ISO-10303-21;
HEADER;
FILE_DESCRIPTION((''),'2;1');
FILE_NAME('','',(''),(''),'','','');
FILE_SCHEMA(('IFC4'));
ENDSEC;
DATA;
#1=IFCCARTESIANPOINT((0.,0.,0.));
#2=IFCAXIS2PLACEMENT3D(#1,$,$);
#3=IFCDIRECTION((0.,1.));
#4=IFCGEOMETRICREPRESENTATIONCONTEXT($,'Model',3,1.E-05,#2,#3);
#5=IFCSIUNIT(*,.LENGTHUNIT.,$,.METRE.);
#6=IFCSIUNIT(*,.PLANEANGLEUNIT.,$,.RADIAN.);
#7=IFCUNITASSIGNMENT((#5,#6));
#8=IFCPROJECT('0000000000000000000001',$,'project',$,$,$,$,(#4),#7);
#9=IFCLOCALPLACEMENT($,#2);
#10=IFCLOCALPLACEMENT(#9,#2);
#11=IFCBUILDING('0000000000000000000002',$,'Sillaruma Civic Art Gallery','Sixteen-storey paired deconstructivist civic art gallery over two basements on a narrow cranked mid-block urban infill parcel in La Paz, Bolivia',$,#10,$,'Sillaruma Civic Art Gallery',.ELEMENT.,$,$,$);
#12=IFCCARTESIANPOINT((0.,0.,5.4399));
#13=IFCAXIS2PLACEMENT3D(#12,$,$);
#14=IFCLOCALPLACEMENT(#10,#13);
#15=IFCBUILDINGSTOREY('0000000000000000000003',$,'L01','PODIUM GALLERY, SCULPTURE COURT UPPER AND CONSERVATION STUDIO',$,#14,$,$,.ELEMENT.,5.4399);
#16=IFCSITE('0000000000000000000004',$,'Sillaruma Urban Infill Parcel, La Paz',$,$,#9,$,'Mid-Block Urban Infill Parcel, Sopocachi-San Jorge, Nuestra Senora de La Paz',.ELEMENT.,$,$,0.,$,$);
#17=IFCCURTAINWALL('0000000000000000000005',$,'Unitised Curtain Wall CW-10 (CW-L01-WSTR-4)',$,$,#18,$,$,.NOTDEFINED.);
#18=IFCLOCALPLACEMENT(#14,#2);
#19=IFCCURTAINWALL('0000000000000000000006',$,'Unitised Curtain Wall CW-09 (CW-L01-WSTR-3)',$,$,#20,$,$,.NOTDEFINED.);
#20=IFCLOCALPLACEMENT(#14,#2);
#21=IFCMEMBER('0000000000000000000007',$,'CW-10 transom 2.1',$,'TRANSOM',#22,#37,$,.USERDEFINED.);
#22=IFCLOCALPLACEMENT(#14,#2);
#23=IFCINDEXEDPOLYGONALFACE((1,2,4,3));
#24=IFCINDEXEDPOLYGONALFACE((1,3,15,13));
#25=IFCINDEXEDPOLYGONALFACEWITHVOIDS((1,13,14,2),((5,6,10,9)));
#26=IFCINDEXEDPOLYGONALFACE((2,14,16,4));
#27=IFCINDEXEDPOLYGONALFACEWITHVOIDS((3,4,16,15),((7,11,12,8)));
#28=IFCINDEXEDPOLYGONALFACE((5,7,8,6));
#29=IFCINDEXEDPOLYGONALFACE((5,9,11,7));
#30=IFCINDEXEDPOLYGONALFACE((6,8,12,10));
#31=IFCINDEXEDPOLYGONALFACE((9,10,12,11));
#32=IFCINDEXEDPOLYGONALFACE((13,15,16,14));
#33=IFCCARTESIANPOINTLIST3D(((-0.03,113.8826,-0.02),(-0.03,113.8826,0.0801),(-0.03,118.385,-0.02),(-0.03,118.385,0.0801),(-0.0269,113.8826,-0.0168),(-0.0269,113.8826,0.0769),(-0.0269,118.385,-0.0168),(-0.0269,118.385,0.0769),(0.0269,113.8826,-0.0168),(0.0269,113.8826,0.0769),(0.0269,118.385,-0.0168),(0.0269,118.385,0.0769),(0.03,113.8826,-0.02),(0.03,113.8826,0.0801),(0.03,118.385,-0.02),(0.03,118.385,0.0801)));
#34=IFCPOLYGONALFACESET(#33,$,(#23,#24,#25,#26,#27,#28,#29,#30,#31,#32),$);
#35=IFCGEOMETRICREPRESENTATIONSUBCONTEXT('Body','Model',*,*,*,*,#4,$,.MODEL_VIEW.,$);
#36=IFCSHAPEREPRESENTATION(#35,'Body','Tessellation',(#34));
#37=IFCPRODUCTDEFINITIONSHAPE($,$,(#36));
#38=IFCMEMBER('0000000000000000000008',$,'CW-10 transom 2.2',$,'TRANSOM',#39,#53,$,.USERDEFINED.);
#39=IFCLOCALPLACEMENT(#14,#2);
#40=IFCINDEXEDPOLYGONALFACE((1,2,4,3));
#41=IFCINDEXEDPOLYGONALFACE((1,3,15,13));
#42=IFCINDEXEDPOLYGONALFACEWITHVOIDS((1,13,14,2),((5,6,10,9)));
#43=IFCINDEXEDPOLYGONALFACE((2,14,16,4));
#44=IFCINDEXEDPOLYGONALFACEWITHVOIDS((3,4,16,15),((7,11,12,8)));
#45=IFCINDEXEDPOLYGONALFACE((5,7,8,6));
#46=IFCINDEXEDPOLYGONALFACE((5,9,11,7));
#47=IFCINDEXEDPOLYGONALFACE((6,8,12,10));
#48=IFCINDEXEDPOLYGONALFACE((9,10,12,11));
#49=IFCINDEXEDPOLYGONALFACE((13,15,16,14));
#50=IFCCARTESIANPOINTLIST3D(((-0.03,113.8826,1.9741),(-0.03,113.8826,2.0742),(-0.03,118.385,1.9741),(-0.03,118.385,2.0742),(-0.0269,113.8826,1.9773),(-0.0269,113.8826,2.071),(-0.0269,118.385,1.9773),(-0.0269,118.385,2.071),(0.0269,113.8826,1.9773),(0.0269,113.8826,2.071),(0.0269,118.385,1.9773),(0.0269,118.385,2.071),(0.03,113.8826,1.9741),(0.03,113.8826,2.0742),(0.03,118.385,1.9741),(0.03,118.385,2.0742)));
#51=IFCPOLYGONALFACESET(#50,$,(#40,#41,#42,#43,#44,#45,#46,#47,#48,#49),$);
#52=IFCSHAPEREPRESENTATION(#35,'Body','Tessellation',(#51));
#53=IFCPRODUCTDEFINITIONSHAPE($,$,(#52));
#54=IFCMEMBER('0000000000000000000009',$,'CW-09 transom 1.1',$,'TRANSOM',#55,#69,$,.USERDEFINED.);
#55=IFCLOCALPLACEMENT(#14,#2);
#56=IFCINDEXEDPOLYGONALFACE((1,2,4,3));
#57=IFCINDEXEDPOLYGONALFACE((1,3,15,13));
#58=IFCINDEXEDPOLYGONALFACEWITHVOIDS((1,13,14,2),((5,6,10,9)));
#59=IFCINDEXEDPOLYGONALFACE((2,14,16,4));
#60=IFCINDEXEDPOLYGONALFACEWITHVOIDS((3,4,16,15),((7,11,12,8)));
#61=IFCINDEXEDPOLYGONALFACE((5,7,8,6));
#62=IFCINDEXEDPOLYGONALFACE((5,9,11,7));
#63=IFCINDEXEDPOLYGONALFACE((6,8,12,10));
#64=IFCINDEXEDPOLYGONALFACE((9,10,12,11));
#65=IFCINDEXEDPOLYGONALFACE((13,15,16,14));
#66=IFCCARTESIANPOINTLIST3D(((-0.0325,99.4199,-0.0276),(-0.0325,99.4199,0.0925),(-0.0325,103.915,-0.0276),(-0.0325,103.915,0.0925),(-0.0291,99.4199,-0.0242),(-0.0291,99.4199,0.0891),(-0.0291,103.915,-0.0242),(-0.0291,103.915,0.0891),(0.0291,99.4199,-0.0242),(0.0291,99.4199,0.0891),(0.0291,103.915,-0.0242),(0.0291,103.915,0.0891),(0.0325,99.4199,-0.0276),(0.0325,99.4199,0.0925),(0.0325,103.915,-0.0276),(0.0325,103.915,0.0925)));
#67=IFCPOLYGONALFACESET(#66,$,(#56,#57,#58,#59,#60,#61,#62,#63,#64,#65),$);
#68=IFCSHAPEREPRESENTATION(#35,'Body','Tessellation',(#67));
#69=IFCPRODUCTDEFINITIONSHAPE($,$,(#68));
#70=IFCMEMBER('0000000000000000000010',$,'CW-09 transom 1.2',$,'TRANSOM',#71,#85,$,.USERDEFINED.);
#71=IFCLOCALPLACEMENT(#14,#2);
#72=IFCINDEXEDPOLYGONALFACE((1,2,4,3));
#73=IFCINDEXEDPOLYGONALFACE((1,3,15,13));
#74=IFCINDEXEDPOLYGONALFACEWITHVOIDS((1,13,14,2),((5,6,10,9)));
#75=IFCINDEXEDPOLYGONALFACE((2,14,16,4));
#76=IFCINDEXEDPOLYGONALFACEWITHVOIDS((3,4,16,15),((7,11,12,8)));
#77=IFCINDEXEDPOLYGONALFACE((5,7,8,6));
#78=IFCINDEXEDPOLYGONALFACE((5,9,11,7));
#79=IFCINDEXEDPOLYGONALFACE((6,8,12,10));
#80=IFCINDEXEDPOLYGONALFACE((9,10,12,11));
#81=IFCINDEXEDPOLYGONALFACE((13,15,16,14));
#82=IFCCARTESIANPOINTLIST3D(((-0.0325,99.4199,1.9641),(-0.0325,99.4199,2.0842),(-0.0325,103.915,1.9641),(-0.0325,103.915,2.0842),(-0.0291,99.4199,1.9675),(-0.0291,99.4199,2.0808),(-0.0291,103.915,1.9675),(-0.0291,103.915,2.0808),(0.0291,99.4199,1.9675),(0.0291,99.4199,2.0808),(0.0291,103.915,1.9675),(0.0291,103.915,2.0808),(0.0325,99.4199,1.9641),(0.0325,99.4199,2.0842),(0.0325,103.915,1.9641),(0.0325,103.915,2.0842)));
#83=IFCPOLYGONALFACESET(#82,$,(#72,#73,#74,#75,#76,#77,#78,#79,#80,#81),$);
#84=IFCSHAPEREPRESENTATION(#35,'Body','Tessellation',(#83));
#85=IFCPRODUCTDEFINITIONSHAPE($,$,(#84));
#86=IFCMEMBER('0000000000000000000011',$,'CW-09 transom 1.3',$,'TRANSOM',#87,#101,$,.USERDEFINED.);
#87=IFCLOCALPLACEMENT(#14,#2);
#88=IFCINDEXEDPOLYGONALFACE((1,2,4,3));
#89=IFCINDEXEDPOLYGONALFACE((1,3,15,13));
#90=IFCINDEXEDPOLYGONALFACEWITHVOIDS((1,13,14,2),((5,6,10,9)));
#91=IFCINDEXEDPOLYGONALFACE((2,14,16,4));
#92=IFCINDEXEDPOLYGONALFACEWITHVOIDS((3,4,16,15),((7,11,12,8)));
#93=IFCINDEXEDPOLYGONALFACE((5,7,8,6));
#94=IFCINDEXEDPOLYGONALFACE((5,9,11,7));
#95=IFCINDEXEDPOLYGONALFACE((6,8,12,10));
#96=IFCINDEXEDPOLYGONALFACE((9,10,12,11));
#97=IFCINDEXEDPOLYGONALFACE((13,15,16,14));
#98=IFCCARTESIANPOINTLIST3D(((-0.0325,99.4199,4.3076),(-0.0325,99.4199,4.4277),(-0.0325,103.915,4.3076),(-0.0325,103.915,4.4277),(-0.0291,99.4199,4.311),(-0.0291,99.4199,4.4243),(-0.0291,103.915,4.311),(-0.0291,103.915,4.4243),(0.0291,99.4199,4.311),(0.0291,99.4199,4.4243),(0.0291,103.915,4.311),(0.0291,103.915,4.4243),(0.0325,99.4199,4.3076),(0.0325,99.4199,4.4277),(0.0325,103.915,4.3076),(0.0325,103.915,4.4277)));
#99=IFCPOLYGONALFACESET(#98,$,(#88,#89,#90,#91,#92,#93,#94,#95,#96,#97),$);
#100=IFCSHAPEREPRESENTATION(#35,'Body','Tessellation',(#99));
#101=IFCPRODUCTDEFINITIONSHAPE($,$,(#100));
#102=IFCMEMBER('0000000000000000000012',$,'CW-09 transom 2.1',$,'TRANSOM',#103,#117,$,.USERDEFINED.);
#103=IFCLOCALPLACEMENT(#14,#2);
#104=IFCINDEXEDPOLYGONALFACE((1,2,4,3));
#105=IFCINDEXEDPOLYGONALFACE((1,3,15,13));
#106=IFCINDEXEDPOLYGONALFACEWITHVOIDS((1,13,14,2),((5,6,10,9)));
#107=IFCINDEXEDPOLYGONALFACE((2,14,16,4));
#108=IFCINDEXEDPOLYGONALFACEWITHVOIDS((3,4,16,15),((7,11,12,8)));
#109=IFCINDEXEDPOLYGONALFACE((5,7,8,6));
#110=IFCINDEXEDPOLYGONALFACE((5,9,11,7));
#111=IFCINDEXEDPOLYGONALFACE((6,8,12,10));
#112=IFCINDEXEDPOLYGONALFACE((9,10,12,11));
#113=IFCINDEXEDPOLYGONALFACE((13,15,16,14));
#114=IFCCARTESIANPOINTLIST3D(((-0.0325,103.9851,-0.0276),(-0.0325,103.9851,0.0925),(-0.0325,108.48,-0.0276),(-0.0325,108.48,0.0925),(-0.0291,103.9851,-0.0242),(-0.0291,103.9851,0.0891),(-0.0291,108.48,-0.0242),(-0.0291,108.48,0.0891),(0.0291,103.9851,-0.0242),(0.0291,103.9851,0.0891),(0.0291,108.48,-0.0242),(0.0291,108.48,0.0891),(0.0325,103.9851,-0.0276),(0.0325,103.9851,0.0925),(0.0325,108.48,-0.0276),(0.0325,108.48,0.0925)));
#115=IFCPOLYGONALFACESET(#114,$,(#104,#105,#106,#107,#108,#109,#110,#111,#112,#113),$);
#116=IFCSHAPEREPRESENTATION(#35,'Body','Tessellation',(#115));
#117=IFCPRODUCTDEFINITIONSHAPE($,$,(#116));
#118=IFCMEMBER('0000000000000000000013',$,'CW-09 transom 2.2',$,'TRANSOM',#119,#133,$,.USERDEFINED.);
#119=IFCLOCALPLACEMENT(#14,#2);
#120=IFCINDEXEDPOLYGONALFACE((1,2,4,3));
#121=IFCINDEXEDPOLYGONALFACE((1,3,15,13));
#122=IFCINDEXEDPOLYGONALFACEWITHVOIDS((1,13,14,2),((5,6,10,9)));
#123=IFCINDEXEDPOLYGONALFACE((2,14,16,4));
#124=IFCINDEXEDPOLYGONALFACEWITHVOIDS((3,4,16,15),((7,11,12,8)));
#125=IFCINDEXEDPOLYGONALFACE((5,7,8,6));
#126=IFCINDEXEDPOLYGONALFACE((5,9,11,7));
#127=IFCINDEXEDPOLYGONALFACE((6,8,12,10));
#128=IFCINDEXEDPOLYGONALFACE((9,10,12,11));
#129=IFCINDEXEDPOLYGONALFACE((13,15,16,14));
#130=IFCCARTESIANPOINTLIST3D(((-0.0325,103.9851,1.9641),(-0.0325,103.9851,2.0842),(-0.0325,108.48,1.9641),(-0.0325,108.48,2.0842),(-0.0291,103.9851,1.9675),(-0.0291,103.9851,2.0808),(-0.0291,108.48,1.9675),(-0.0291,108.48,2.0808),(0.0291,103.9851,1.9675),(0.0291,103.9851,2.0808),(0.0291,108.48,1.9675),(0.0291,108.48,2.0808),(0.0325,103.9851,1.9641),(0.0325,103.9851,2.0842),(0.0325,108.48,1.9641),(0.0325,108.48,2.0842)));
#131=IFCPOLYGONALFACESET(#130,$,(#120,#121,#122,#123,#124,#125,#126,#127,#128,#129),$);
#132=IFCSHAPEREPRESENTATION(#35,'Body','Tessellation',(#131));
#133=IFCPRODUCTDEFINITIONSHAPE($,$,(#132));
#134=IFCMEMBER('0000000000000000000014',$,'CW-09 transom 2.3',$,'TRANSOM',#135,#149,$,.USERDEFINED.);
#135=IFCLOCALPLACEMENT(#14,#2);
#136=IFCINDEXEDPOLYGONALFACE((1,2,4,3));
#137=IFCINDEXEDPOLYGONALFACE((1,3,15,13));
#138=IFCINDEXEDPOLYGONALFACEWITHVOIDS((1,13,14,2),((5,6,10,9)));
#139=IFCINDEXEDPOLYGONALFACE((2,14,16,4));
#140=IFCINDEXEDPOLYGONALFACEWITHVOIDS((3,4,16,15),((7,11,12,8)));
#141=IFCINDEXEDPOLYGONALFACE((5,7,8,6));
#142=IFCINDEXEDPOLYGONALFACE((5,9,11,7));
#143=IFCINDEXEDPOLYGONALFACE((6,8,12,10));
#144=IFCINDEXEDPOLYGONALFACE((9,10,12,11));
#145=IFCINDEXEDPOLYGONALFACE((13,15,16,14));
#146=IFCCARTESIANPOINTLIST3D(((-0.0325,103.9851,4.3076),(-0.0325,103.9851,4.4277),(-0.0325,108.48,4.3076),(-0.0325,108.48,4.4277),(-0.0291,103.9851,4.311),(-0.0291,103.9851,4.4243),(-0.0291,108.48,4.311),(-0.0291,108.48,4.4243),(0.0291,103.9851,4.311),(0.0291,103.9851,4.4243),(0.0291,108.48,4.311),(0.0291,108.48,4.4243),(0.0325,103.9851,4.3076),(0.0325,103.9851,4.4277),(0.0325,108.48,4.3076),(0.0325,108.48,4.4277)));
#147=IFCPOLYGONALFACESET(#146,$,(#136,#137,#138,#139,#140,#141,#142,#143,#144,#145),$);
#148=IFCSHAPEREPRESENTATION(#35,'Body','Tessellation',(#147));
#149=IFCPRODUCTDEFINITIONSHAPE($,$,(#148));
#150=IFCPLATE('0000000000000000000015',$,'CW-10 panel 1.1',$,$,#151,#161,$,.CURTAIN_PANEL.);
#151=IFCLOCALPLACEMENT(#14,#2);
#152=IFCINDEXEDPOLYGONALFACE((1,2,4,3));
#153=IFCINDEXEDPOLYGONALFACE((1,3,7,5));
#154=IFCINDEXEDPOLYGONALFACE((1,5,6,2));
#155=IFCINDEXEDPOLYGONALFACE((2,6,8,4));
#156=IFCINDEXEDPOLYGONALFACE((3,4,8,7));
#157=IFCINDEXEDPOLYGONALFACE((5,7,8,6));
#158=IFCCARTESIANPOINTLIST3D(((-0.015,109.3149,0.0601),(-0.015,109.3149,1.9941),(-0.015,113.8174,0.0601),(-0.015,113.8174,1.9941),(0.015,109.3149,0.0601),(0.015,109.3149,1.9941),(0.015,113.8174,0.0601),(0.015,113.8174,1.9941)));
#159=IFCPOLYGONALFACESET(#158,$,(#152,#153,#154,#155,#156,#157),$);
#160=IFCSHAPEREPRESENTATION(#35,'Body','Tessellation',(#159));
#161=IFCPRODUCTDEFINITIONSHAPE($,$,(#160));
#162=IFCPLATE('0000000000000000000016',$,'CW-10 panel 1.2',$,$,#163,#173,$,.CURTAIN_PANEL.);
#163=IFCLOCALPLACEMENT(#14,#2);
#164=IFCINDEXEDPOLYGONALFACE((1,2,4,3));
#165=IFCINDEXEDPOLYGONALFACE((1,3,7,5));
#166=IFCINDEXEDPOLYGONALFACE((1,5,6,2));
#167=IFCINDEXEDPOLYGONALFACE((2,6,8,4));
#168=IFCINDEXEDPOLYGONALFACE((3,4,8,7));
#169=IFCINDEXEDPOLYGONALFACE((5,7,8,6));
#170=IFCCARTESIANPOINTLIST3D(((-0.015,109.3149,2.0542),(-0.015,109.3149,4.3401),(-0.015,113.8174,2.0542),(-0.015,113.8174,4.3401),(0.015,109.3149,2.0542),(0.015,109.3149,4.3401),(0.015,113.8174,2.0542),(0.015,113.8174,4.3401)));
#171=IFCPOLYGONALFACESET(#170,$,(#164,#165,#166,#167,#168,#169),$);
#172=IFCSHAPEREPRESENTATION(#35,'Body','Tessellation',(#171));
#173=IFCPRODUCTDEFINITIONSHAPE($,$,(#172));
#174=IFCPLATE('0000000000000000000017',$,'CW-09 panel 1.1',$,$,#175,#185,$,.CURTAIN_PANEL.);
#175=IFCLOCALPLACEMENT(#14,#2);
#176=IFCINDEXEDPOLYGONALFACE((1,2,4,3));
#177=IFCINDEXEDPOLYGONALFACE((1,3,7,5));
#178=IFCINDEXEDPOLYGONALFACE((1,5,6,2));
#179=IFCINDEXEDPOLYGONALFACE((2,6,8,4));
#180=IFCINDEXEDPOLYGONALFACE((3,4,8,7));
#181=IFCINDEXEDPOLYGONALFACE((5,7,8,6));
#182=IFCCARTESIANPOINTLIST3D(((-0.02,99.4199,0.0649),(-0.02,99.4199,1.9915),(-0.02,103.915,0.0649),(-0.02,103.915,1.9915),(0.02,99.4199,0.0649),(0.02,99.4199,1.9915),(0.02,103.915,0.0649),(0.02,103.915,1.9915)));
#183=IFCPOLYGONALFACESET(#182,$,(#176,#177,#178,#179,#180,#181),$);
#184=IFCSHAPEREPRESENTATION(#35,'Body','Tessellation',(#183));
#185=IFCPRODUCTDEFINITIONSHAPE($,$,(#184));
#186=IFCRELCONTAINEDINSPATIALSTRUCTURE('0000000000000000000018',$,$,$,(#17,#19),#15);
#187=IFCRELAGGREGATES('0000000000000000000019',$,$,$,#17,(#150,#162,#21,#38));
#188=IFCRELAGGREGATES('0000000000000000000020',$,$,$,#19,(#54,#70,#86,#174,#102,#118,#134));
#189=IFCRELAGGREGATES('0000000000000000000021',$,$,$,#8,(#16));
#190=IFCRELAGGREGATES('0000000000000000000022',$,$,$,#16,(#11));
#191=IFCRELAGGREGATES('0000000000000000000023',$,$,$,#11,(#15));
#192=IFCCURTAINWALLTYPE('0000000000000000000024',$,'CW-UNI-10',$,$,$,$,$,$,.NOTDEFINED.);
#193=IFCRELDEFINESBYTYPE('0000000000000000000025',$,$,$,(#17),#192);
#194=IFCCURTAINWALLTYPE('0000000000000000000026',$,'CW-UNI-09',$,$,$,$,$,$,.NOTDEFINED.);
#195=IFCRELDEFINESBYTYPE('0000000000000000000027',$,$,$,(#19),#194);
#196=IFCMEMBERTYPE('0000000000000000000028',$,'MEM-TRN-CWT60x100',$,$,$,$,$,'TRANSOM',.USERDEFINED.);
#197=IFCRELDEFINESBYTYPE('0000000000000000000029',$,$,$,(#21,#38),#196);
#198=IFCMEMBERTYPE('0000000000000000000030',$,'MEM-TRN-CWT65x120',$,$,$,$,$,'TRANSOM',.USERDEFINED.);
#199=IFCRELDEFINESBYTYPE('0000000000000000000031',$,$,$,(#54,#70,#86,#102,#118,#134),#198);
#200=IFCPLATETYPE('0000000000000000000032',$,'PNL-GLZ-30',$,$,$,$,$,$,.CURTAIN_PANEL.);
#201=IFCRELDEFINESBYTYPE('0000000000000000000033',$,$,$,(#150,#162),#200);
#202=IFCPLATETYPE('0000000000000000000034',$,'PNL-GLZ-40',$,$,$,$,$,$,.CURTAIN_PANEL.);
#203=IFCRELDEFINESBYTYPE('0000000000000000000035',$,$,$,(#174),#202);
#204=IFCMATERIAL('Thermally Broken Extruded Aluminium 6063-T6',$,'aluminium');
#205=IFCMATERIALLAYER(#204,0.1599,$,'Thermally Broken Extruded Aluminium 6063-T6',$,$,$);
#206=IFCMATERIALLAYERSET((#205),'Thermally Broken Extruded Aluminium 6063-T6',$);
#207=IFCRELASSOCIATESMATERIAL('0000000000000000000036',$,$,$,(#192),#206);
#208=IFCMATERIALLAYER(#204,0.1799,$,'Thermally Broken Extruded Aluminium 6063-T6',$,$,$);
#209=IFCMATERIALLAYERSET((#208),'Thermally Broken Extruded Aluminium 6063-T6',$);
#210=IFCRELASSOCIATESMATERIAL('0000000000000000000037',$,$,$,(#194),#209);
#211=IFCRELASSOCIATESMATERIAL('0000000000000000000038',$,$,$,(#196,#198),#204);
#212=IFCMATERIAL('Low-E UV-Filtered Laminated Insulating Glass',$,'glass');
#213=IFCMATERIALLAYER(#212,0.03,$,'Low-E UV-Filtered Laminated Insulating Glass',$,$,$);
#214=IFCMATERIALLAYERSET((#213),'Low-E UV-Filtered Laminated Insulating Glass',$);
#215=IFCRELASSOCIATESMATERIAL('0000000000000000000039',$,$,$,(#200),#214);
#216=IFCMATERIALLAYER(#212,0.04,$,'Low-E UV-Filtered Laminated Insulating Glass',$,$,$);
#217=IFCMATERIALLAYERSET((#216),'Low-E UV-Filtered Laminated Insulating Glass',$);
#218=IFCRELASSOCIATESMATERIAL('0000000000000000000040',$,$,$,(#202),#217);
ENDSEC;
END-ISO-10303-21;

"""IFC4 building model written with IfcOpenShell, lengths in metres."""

from ifc_helpers import new_model, si_unit, direction, frame, origin, origin_2d, place, context, subcontext, project, spatial, rectangle, hollow_rectangle, extrude, material, layer, layer_set, material_profile, profile_set, type_object, element, aggregate, save


model = new_model("IFC4")

# Units and contexts
model_context = context("Model", 3, precision=1e-05, world=origin(), true_north=direction((0.0, 1.0)))
body_context = subcontext(model_context, "Body", "Model", "MODEL_VIEW")
ifc_project = project(units=[si_unit("LENGTHUNIT", "METRE"), si_unit("PLANEANGLEUNIT", "RADIAN")], contexts=[model_context])

# Site, building, storey
site_placement = place(None, origin())
site = spatial("IfcSite", under=ifc_project, at=site_placement, Name="Sillaruma Urban Infill Parcel, La Paz", LongName="Mid-Block Urban Infill Parcel, Sopocachi-San Jorge, Nuestra Senora de La Paz", CompositionType="ELEMENT", RefElevation=0.0)
building_placement = place(site_placement, origin())
building = spatial("IfcBuilding", under=site, at=building_placement, Name="Sillaruma Civic Art Gallery", Description="Sixteen-storey paired deconstructivist civic art gallery over two basements on a narrow cranked mid-block urban infill parcel in La Paz, Bolivia", LongName="Sillaruma Civic Art Gallery", CompositionType="ELEMENT")
storey_placement = place(building_placement, frame((0.0, 0.0, 5.4399)))
storey = spatial("IfcBuildingStorey", under=building, at=storey_placement, Name="L01", Description="PODIUM GALLERY, SCULPTURE COURT UPPER AND CONSERVATION STUDIO", CompositionType="ELEMENT", Elevation=5.4399)

# Curtain walls
ifc_material_1 = material(Name="Thermally Broken Extruded Aluminium 6063-T6", Category="aluminium")
ifc_layer_1 = layer(ifc_material_1, 0.1599, Name="Thermally Broken Extruded Aluminium 6063-T6")
ifc_layer_set_1 = layer_set([ifc_layer_1], Name="Thermally Broken Extruded Aluminium 6063-T6")
curtain_wall_type_1 = type_object("IfcCurtainWallType", Name="CW-UNI-10", PredefinedType="NOTDEFINED", material=ifc_layer_set_1)
curtain_wall_1_placement = place(storey_placement, origin())
curtain_wall_1 = element("IfcCurtainWall", 1, at=curtain_wall_1_placement, inside=storey, type_object=curtain_wall_type_1, Name="Unitised Curtain Wall CW-10 (CW-L01-WSTR-4)", PredefinedType="NOTDEFINED")
ifc_layer_2 = layer(ifc_material_1, 0.1799, Name="Thermally Broken Extruded Aluminium 6063-T6")
ifc_layer_set_2 = layer_set([ifc_layer_2], Name="Thermally Broken Extruded Aluminium 6063-T6")
curtain_wall_type_2 = type_object("IfcCurtainWallType", Name="CW-UNI-09", PredefinedType="NOTDEFINED", material=ifc_layer_set_2)
curtain_wall_2_placement = place(storey_placement, origin())
curtain_wall_2 = element("IfcCurtainWall", 2, at=curtain_wall_2_placement, inside=storey, type_object=curtain_wall_type_2, Name="Unitised Curtain Wall CW-09 (CW-L01-WSTR-3)", PredefinedType="NOTDEFINED")

# Members
ifc_material_profile_1 = material_profile(ifc_material_1, hollow_rectangle(XDim=0.0601, YDim=0.1001, WallThickness=0.0032, at=origin_2d()), Name="CWT60x100")
ifc_profile_set_1 = profile_set([ifc_material_profile_1], Name="Thermally Broken Extruded Aluminium 6063-T6")
member_type_1 = type_object("IfcMemberType", Name="MEM-TRN-CWT60x100", ElementType="TRANSOM", PredefinedType="USERDEFINED", material=ifc_profile_set_1)
member_1_placement = place(storey_placement, frame((0.0, 113.8826, 0.03), z_axis=(0.0, 1.0, 0.0), x_axis=(-1.0, 0.0, 0.0)))
member_1 = element("IfcMember", 3, at=member_1_placement, type_object=member_type_1, Name="CW-10 transom 2.1", ObjectType="TRANSOM", PredefinedType="USERDEFINED", context=body_context, shape_type="SweptSolid", body=[
    extrude(hollow_rectangle(XDim=0.0601, YDim=0.1001, WallThickness=0.0032, at=origin_2d()), origin(), (0.0, 0.0, 1.0), 4.5024),
])
member_2_placement = place(storey_placement, frame((0.0, 113.8826, 2.0242), z_axis=(0.0, 1.0, 0.0), x_axis=(-1.0, 0.0, 0.0)))
member_2 = element("IfcMember", 4, at=member_2_placement, type_object=member_type_1, Name="CW-10 transom 2.2", ObjectType="TRANSOM", PredefinedType="USERDEFINED", context=body_context, shape_type="SweptSolid", body=[
    extrude(hollow_rectangle(XDim=0.0601, YDim=0.1001, WallThickness=0.0032, at=origin_2d()), origin(), (0.0, 0.0, 1.0), 4.5024),
])
ifc_material_profile_2 = material_profile(ifc_material_1, hollow_rectangle(XDim=0.0649, YDim=0.1201, WallThickness=0.0034, at=origin_2d()), Name="CWT65x120")
ifc_profile_set_2 = profile_set([ifc_material_profile_2], Name="Thermally Broken Extruded Aluminium 6063-T6")
member_type_2 = type_object("IfcMemberType", Name="MEM-TRN-CWT65x120", ElementType="TRANSOM", PredefinedType="USERDEFINED", material=ifc_profile_set_2)
member_3_placement = place(storey_placement, frame((0.0, 99.4199, 0.0325), z_axis=(0.0, 1.0, 0.0), x_axis=(-1.0, 0.0, 0.0)))
member_3 = element("IfcMember", 5, at=member_3_placement, type_object=member_type_2, Name="CW-09 transom 1.1", ObjectType="TRANSOM", PredefinedType="USERDEFINED", context=body_context, shape_type="SweptSolid", body=[
    extrude(hollow_rectangle(XDim=0.0649, YDim=0.1201, WallThickness=0.0034, at=origin_2d()), origin(), (0.0, 0.0, 1.0), 4.4951),
])
member_4_placement = place(storey_placement, frame((0.0, 99.4199, 2.0242), z_axis=(0.0, 1.0, 0.0), x_axis=(-1.0, 0.0, 0.0)))
member_4 = element("IfcMember", 6, at=member_4_placement, type_object=member_type_2, Name="CW-09 transom 1.2", ObjectType="TRANSOM", PredefinedType="USERDEFINED", context=body_context, shape_type="SweptSolid", body=[
    extrude(hollow_rectangle(XDim=0.0649, YDim=0.1201, WallThickness=0.0034, at=origin_2d()), origin(), (0.0, 0.0, 1.0), 4.4951),
])
member_5_placement = place(storey_placement, frame((0.0, 99.4199, 4.3677), z_axis=(0.0, 1.0, 0.0), x_axis=(-1.0, 0.0, 0.0)))
member_5 = element("IfcMember", 7, at=member_5_placement, type_object=member_type_2, Name="CW-09 transom 1.3", ObjectType="TRANSOM", PredefinedType="USERDEFINED", context=body_context, shape_type="SweptSolid", body=[
    extrude(hollow_rectangle(XDim=0.0649, YDim=0.1201, WallThickness=0.0034, at=origin_2d()), origin(), (0.0, 0.0, 1.0), 4.4951),
])
member_6_placement = place(storey_placement, frame((0.0, 103.9851, 0.0325), z_axis=(0.0, 1.0, 0.0), x_axis=(-1.0, 0.0, 0.0)))
member_6 = element("IfcMember", 8, at=member_6_placement, type_object=member_type_2, Name="CW-09 transom 2.1", ObjectType="TRANSOM", PredefinedType="USERDEFINED", context=body_context, shape_type="SweptSolid", body=[
    extrude(hollow_rectangle(XDim=0.0649, YDim=0.1201, WallThickness=0.0034, at=origin_2d()), origin(), (0.0, 0.0, 1.0), 4.4949),
])
member_7_placement = place(storey_placement, frame((0.0, 103.9851, 2.0242), z_axis=(0.0, 1.0, 0.0), x_axis=(-1.0, 0.0, 0.0)))
member_7 = element("IfcMember", 9, at=member_7_placement, type_object=member_type_2, Name="CW-09 transom 2.2", ObjectType="TRANSOM", PredefinedType="USERDEFINED", context=body_context, shape_type="SweptSolid", body=[
    extrude(hollow_rectangle(XDim=0.0649, YDim=0.1201, WallThickness=0.0034, at=origin_2d()), origin(), (0.0, 0.0, 1.0), 4.4949),
])
member_8_placement = place(storey_placement, frame((0.0, 103.9851, 4.3677), z_axis=(0.0, 1.0, 0.0), x_axis=(-1.0, 0.0, 0.0)))
member_8 = element("IfcMember", 10, at=member_8_placement, type_object=member_type_2, Name="CW-09 transom 2.3", ObjectType="TRANSOM", PredefinedType="USERDEFINED", context=body_context, shape_type="SweptSolid", body=[
    extrude(hollow_rectangle(XDim=0.0649, YDim=0.1201, WallThickness=0.0034, at=origin_2d()), origin(), (0.0, 0.0, 1.0), 4.4949),
])

# Plates
ifc_material_2 = material(Name="Low-E UV-Filtered Laminated Insulating Glass", Category="glass")
ifc_layer_3 = layer(ifc_material_2, 0.03, Name="Low-E UV-Filtered Laminated Insulating Glass")
ifc_layer_set_3 = layer_set([ifc_layer_3], Name="Low-E UV-Filtered Laminated Insulating Glass")
plate_type_1 = type_object("IfcPlateType", Name="PNL-GLZ-30", PredefinedType="CURTAIN_PANEL", material=ifc_layer_set_3)
plate_1_placement = place(storey_placement, frame((0.0, 111.5662, 0.0601), z_axis=(0.0, 0.0, 1.0), x_axis=(0.0, 1.0, 0.0)))
plate_1 = element("IfcPlate", 11, at=plate_1_placement, type_object=plate_type_1, Name="CW-10 panel 1.1", PredefinedType="CURTAIN_PANEL", context=body_context, shape_type="SweptSolid", body=[
    extrude(rectangle(XDim=4.5024, YDim=0.03, at=origin_2d()), origin(), (0.0, 0.0, 1.0), 1.9341),
])
plate_2_placement = place(storey_placement, frame((0.0, 111.5662, 2.0542), z_axis=(0.0, 0.0, 1.0), x_axis=(0.0, 1.0, 0.0)))
plate_2 = element("IfcPlate", 12, at=plate_2_placement, type_object=plate_type_1, Name="CW-10 panel 1.2", PredefinedType="CURTAIN_PANEL", context=body_context, shape_type="SweptSolid", body=[
    extrude(rectangle(XDim=4.5024, YDim=0.03, at=origin_2d()), origin(), (0.0, 0.0, 1.0), 2.2859),
])
aggregate(curtain_wall_1, [plate_1, plate_2, member_1, member_2])
ifc_layer_4 = layer(ifc_material_2, 0.04, Name="Low-E UV-Filtered Laminated Insulating Glass")
ifc_layer_set_4 = layer_set([ifc_layer_4], Name="Low-E UV-Filtered Laminated Insulating Glass")
plate_type_2 = type_object("IfcPlateType", Name="PNL-GLZ-40", PredefinedType="CURTAIN_PANEL", material=ifc_layer_set_4)
plate_3_placement = place(storey_placement, frame((0.0, 101.6675, 0.0649), z_axis=(0.0, 0.0, 1.0), x_axis=(0.0, 1.0, 0.0)))
plate_3 = element("IfcPlate", 13, at=plate_3_placement, type_object=plate_type_2, Name="CW-09 panel 1.1", PredefinedType="CURTAIN_PANEL", context=body_context, shape_type="SweptSolid", body=[
    extrude(rectangle(XDim=4.4951, YDim=0.04, at=origin_2d()), origin(), (0.0, 0.0, 1.0), 1.9265),
])
aggregate(curtain_wall_2, [member_3, member_4, member_5, plate_3, member_6, member_7, member_8])

save(model, "model.ifc")
